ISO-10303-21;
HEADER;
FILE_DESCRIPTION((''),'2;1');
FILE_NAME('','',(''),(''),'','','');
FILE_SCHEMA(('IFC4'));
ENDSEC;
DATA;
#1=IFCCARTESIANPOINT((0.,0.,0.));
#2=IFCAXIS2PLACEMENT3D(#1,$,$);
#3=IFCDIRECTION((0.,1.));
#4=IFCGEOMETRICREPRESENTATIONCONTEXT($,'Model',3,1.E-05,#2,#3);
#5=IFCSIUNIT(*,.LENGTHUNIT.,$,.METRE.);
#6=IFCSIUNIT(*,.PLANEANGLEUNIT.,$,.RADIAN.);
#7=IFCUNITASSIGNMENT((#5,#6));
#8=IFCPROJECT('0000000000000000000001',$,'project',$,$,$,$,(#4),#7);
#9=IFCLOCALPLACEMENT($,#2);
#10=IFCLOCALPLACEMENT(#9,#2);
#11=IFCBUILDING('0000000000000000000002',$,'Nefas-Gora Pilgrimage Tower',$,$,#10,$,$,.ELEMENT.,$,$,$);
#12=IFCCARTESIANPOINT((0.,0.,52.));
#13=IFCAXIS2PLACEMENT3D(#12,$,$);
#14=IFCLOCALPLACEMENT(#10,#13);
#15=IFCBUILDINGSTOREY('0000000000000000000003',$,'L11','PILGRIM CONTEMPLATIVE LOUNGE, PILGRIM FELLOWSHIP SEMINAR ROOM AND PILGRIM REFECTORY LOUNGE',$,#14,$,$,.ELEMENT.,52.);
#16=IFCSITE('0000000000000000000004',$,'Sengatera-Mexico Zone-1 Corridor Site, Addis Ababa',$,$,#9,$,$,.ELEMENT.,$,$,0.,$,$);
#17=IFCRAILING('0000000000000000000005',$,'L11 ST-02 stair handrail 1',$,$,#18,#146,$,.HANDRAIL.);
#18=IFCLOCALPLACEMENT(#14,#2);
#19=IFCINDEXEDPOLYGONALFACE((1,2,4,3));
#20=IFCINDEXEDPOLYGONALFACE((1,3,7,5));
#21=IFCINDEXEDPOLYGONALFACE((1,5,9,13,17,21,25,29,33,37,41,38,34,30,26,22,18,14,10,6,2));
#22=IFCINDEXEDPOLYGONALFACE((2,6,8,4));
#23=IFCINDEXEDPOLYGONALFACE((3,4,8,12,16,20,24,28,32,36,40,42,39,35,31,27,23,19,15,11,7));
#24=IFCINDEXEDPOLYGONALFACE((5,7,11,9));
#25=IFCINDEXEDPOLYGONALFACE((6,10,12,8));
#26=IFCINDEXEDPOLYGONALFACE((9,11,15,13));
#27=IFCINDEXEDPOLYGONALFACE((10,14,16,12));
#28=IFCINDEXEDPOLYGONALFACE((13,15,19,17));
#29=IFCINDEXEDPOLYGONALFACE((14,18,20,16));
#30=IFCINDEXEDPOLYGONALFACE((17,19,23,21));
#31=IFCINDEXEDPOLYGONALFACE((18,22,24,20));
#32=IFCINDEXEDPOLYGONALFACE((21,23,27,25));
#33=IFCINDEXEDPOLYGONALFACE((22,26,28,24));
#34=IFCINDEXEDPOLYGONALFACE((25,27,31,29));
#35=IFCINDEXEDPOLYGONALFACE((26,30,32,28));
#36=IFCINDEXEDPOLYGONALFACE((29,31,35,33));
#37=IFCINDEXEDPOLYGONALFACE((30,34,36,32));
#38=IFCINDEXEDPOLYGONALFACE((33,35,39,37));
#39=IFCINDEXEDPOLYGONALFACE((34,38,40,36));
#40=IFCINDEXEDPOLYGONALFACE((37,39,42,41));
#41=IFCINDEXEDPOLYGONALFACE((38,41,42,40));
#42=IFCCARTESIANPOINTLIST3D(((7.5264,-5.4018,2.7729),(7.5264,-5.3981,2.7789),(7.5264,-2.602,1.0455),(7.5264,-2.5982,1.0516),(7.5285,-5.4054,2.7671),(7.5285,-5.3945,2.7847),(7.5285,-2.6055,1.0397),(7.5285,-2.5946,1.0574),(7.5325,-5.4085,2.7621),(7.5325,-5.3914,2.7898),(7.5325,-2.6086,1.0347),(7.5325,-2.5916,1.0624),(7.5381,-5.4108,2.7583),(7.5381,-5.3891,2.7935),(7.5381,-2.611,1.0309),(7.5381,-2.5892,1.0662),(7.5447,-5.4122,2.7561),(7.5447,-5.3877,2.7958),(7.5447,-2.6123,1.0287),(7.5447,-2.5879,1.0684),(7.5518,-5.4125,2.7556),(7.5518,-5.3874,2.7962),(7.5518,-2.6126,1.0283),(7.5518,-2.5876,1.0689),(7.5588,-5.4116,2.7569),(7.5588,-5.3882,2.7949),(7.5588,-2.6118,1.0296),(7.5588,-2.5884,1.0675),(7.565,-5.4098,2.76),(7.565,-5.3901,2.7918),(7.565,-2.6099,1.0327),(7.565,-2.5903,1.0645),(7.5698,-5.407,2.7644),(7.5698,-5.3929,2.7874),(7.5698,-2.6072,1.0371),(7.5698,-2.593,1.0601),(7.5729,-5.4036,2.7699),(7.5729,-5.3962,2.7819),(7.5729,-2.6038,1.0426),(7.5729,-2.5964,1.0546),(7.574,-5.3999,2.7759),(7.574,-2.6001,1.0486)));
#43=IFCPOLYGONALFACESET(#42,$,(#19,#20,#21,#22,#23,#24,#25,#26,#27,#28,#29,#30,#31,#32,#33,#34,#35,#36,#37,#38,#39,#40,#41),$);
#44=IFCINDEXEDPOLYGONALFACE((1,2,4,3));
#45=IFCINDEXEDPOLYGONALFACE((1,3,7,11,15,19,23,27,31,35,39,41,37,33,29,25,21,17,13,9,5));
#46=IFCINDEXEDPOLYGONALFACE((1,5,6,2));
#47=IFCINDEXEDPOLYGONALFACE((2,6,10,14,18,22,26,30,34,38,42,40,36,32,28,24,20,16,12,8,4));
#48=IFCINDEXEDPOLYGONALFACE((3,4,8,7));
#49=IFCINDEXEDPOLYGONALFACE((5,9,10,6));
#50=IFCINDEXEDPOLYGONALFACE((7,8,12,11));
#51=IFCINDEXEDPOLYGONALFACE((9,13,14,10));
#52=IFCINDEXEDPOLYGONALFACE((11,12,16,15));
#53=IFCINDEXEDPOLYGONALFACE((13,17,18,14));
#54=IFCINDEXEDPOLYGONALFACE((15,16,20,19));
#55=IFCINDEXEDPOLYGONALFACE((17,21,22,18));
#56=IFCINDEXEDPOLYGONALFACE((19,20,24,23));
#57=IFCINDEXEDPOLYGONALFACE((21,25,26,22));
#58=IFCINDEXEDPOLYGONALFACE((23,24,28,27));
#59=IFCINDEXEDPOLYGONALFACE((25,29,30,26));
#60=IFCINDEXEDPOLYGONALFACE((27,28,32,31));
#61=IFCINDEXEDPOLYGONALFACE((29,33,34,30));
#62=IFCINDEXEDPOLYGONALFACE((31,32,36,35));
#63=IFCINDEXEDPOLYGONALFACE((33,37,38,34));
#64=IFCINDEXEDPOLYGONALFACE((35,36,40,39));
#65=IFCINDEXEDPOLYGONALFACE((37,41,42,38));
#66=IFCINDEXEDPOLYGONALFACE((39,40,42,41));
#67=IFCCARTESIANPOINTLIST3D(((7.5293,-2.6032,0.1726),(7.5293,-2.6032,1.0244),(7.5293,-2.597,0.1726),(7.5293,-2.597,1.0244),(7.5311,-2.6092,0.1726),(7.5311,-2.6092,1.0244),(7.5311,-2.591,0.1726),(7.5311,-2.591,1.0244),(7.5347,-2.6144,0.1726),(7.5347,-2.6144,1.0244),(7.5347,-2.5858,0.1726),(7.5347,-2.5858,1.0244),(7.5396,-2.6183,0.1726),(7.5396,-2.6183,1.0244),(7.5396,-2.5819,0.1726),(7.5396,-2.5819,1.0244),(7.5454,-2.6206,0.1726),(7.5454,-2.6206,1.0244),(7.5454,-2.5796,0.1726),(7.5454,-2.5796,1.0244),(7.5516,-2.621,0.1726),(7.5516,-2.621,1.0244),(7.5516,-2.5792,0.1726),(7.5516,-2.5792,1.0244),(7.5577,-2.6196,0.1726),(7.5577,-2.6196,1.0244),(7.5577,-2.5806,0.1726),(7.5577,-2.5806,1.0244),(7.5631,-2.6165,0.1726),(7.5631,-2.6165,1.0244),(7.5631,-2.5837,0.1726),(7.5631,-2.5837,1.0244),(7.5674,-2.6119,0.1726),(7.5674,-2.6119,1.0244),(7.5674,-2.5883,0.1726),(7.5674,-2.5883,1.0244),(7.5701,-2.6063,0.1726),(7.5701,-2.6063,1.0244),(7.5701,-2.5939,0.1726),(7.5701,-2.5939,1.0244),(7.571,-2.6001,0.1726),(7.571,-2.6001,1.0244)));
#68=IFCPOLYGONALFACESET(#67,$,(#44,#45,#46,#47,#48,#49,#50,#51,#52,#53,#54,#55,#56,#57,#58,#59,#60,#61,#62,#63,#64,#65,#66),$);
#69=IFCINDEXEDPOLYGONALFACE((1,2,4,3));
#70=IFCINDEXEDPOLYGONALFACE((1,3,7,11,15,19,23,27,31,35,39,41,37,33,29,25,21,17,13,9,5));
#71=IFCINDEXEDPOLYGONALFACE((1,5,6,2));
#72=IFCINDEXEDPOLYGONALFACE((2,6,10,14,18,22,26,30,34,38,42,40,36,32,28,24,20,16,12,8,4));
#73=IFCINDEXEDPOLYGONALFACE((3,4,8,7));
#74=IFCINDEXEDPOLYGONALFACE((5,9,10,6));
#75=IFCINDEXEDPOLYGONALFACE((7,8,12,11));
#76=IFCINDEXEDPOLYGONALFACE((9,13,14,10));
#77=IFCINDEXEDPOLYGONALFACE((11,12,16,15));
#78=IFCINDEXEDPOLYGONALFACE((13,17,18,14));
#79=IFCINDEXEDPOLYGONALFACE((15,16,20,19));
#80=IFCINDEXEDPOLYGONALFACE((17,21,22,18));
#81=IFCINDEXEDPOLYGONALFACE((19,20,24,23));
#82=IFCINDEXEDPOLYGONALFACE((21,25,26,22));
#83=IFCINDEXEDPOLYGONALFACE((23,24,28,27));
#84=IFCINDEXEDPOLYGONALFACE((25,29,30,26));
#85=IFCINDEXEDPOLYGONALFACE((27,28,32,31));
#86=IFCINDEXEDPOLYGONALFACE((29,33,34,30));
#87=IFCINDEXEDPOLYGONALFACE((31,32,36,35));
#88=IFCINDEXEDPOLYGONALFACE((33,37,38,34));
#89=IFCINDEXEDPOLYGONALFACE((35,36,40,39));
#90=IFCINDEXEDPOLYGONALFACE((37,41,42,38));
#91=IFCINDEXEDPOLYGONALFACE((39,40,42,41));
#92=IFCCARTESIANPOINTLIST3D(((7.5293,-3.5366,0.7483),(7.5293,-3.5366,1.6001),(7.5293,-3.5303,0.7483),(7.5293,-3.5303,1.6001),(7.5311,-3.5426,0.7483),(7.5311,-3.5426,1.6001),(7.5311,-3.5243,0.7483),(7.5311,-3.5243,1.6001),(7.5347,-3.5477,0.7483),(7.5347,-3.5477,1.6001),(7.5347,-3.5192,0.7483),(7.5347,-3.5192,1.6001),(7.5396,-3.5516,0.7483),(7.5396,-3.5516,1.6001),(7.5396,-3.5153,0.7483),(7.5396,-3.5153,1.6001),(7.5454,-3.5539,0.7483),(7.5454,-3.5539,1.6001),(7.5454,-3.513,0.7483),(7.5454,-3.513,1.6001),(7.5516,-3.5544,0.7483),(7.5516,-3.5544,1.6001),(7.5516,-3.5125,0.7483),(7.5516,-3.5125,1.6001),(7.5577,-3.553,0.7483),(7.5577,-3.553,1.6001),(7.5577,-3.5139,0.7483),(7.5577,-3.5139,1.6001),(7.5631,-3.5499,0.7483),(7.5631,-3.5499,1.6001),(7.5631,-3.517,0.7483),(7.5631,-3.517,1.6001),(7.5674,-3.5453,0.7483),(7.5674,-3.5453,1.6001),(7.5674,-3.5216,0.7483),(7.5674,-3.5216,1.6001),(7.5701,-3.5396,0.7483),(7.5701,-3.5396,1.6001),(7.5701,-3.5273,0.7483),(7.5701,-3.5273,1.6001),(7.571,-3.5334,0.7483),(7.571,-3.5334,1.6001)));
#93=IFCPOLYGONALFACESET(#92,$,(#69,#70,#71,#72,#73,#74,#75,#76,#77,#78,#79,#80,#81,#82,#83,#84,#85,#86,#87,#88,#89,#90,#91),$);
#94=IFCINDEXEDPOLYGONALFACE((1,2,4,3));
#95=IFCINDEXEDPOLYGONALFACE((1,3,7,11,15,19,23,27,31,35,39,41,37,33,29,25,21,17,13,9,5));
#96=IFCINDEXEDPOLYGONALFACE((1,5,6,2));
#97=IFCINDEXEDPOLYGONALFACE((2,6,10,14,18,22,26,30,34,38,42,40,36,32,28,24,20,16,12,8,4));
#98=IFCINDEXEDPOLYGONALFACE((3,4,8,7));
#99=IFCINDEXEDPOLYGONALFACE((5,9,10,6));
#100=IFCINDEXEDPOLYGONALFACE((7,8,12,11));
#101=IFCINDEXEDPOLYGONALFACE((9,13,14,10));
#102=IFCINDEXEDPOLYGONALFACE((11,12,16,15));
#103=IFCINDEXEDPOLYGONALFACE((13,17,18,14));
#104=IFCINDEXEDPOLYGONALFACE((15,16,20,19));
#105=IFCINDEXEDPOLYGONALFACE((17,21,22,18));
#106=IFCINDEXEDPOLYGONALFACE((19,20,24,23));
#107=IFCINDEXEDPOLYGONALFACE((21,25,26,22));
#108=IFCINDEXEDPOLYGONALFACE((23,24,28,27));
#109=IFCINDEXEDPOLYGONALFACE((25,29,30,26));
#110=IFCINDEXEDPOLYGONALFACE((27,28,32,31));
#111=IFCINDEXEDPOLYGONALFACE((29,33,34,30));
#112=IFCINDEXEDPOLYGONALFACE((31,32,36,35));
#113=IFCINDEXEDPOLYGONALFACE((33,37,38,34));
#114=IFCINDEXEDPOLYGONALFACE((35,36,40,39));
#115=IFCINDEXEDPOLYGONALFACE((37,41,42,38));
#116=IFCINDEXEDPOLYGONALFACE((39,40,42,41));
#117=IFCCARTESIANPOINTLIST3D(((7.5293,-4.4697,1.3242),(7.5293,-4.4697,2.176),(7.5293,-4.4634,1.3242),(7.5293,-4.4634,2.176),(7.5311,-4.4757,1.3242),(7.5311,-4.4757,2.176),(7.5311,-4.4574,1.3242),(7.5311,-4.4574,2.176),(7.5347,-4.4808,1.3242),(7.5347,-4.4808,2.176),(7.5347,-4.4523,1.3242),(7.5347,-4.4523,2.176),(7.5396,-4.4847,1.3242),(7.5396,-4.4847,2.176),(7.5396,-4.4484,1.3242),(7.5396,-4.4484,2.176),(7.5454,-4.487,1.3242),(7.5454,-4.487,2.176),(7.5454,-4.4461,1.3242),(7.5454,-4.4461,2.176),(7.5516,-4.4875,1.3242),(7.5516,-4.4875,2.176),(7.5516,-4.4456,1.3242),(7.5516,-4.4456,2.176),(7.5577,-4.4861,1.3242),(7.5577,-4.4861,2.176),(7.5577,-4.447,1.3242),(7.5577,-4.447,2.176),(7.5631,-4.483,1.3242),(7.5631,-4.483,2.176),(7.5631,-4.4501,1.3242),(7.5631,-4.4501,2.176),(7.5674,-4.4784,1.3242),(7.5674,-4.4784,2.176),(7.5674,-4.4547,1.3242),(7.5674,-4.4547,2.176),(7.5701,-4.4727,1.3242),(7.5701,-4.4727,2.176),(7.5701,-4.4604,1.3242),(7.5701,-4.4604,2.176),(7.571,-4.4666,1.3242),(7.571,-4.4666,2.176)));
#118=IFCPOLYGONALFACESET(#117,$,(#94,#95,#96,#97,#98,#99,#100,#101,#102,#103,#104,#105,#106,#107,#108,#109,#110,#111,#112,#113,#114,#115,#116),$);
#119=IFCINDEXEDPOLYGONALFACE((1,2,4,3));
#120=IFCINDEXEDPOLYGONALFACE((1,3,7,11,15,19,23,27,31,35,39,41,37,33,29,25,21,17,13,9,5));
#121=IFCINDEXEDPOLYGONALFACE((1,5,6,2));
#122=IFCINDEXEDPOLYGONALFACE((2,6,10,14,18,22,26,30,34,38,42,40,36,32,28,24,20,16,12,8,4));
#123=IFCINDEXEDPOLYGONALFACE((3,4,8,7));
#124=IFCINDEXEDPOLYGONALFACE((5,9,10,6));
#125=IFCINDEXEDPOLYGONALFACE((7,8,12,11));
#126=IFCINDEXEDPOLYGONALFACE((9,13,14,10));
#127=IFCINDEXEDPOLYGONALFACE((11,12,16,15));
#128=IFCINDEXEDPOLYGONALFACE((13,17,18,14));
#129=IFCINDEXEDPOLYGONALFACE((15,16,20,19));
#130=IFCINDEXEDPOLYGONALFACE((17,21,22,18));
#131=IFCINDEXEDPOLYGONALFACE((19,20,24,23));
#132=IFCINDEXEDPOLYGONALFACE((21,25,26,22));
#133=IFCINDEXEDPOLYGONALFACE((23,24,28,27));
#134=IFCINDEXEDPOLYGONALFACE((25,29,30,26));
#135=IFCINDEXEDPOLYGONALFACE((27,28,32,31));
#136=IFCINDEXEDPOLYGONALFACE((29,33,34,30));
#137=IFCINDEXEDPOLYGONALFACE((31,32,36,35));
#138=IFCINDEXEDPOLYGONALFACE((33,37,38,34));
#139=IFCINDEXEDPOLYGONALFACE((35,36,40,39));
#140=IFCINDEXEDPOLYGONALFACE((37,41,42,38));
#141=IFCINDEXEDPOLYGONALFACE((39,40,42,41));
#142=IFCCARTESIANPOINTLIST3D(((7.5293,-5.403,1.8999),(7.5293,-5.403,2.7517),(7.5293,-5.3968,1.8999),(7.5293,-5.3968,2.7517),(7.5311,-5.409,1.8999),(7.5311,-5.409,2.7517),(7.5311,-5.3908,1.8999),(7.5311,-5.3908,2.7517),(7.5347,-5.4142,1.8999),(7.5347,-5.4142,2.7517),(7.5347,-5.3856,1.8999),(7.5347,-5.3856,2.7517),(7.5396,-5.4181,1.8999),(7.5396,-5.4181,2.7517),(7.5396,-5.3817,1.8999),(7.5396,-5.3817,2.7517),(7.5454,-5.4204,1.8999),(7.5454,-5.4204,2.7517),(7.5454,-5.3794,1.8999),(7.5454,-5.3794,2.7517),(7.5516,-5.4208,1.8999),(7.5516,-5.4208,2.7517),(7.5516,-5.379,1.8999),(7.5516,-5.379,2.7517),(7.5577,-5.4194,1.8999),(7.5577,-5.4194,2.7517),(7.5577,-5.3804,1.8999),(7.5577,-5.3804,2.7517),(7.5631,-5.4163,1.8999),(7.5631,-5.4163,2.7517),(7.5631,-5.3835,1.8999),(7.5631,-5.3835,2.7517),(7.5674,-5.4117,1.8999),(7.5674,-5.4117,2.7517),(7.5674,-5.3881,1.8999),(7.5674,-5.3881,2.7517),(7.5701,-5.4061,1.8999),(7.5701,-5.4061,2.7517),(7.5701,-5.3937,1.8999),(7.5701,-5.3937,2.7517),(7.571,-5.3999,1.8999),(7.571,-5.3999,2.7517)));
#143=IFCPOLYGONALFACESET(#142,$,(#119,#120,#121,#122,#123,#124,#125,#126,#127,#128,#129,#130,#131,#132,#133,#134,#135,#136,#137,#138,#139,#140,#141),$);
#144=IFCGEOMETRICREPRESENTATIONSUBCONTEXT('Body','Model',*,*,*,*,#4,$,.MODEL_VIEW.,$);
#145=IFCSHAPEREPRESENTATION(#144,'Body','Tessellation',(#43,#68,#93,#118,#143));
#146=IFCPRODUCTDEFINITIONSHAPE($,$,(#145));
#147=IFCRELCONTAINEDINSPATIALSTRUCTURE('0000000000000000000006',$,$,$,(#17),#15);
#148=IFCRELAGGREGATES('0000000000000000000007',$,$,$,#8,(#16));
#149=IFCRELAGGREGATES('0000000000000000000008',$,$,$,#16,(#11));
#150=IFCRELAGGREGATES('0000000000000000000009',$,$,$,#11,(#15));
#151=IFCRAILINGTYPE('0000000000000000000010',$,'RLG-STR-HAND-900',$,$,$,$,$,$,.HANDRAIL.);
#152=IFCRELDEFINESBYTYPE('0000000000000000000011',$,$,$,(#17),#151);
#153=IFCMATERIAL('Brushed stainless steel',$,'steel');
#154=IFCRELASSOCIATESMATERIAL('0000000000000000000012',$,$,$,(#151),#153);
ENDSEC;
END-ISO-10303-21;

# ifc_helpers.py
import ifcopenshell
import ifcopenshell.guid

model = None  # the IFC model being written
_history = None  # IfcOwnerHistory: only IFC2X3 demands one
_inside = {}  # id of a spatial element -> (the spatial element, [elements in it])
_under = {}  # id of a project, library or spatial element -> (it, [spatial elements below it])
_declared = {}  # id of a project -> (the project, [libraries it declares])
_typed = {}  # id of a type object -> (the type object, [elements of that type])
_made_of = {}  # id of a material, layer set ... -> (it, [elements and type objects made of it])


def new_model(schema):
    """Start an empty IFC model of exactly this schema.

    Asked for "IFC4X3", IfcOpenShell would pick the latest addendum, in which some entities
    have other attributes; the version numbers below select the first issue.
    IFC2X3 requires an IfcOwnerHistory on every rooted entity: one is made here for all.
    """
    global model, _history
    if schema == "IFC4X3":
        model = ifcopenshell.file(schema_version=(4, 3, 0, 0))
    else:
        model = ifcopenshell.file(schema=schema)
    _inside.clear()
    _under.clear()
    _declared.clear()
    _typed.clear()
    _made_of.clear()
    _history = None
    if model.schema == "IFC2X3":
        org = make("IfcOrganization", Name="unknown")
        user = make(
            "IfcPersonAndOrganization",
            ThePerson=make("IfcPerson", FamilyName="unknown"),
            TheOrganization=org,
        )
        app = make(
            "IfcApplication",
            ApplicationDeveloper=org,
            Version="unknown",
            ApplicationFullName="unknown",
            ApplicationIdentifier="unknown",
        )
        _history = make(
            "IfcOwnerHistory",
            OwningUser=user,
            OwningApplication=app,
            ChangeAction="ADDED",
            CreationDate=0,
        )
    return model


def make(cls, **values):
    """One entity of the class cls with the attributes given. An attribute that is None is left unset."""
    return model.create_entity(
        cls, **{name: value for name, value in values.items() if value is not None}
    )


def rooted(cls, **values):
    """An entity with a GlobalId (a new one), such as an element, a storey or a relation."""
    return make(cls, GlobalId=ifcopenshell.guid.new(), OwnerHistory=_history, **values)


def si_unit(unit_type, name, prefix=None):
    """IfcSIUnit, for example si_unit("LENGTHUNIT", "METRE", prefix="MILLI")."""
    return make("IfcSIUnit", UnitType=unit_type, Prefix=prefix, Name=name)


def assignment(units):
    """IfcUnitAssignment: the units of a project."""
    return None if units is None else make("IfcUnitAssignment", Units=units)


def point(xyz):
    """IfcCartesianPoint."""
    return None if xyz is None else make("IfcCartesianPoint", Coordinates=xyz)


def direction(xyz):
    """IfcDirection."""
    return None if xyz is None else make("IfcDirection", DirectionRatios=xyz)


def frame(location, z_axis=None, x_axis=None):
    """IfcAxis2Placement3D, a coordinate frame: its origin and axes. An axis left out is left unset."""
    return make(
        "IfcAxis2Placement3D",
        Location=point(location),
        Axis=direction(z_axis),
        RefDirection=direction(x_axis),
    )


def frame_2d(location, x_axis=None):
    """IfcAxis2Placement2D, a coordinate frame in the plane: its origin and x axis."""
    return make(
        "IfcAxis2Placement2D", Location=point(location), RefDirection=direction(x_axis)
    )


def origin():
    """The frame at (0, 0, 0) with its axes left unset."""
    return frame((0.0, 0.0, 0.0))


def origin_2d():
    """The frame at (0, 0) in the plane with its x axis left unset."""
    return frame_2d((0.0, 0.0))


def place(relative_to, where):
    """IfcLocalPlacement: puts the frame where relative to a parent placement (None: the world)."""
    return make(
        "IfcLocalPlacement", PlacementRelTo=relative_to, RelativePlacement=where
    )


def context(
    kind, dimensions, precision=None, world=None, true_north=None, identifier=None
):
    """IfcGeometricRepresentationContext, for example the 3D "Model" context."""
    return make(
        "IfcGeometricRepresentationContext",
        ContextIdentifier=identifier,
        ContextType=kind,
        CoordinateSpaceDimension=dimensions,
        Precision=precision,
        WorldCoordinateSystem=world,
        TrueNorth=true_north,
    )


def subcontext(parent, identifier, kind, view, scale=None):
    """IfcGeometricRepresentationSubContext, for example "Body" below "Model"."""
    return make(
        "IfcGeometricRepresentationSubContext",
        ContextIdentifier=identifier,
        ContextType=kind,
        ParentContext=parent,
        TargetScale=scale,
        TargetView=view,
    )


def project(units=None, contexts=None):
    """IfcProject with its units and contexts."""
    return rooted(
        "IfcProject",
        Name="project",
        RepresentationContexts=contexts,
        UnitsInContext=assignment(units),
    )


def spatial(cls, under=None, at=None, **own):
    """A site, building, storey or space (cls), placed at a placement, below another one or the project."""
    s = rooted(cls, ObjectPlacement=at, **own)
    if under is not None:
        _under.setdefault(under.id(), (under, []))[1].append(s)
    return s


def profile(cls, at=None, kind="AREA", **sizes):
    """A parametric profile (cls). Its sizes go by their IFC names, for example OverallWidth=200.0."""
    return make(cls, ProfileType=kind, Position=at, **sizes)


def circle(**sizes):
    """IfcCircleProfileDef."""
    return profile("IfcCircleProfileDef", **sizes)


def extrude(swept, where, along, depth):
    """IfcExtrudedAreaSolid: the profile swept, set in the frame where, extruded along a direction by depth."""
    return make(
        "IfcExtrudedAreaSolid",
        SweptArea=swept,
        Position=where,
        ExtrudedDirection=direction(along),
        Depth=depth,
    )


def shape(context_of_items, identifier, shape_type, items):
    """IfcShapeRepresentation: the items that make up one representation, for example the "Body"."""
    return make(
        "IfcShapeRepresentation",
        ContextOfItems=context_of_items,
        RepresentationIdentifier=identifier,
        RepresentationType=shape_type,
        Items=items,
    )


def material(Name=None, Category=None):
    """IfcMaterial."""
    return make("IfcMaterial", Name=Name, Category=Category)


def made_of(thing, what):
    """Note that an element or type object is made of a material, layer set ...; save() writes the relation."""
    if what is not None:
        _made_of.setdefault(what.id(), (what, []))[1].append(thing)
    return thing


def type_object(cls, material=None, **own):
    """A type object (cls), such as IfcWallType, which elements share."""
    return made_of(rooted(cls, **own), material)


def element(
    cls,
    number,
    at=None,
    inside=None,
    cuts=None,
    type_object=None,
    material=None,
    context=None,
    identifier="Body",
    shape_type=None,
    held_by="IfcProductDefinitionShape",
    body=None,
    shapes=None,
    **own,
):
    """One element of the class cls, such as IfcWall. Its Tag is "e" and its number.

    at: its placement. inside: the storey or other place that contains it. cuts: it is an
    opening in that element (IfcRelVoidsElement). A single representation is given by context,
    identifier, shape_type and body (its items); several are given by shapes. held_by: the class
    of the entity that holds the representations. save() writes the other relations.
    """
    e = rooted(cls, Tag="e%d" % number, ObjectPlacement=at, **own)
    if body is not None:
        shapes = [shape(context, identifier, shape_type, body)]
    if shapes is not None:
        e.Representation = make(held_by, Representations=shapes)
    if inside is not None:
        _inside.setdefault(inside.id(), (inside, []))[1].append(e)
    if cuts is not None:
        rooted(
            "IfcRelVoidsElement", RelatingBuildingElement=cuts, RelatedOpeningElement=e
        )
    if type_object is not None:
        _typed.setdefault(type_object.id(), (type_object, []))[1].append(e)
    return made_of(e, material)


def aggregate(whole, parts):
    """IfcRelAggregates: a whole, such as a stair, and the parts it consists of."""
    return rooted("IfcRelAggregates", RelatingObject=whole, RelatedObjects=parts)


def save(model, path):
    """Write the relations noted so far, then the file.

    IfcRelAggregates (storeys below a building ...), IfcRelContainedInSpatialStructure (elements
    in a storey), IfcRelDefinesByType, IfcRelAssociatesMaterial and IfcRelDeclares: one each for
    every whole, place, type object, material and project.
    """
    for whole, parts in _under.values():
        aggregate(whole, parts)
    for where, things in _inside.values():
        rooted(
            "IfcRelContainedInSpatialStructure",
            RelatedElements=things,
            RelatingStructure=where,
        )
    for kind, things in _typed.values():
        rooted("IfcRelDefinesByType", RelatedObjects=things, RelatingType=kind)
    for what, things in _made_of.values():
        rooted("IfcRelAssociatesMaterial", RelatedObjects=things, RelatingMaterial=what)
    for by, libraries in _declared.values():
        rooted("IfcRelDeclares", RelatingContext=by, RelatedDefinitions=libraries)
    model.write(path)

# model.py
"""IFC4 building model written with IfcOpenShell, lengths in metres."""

from ifc_helpers import new_model, si_unit, direction, frame, origin, origin_2d, place, context, subcontext, project, spatial, circle, extrude, material, type_object, element, save


model = new_model("IFC4")

# Units and contexts
model_context = context("Model", 3, precision=1e-05, world=origin(), true_north=direction((0.0, 1.0)))
body_context = subcontext(model_context, "Body", "Model", "MODEL_VIEW")
ifc_project = project(units=[si_unit("LENGTHUNIT", "METRE"), si_unit("PLANEANGLEUNIT", "RADIAN")], contexts=[model_context])

# Site, building, storey
site_placement = place(None, origin())
site = spatial("IfcSite", under=ifc_project, at=site_placement, Name="Sengatera-Mexico Zone-1 Corridor Site, Addis Ababa", CompositionType="ELEMENT", RefElevation=0.0)
building_placement = place(site_placement, origin())
building = spatial("IfcBuilding", under=site, at=building_placement, Name="Nefas-Gora Pilgrimage Tower", CompositionType="ELEMENT")
storey_placement = place(building_placement, frame((0.0, 0.0, 52.0)))
storey = spatial("IfcBuildingStorey", under=building, at=storey_placement, Name="L11", Description="PILGRIM CONTEMPLATIVE LOUNGE, PILGRIM FELLOWSHIP SEMINAR ROOM AND PILGRIM REFECTORY LOUNGE", CompositionType="ELEMENT", Elevation=52.0)

# Railing
ifc_material_1 = material(Name="Brushed stainless steel", Category="steel")
railing_type_1 = type_object("IfcRailingType", Name="RLG-STR-HAND-900", PredefinedType="HANDRAIL", material=ifc_material_1)
railing_1_placement = place(storey_placement, frame((7.55, -2.6001, 0.1726)))
element("IfcRailing", 1, at=railing_1_placement, inside=storey, type_object=railing_type_1, Name="L11 ST-02 stair handrail 1", PredefinedType="HANDRAIL", context=body_context, shape_type="SweptSolid", body=[
    extrude(circle(Radius=0.0239, at=origin_2d()), frame((0.0, 0.0, 0.876), z_axis=(0.0, -0.851069, 0.525054), x_axis=(1.0, 0.0, 0.0)), (0.0, 0.0, 1.0), 3.2898),
    extrude(circle(Radius=0.021, at=origin_2d()), origin(), (0.0, 0.0, 1.0), 0.8518),
    extrude(circle(Radius=0.021, at=origin_2d()), frame((0.0, -0.9333, 0.5757)), (0.0, 0.0, 1.0), 0.8518),
    extrude(circle(Radius=0.021, at=origin_2d()), frame((0.0, -1.8665, 1.1516)), (0.0, 0.0, 1.0), 0.8518),
    extrude(circle(Radius=0.021, at=origin_2d()), frame((0.0, -2.7998, 1.7273)), (0.0, 0.0, 1.0), 0.8518),
])

save(model, "model.ifc")
